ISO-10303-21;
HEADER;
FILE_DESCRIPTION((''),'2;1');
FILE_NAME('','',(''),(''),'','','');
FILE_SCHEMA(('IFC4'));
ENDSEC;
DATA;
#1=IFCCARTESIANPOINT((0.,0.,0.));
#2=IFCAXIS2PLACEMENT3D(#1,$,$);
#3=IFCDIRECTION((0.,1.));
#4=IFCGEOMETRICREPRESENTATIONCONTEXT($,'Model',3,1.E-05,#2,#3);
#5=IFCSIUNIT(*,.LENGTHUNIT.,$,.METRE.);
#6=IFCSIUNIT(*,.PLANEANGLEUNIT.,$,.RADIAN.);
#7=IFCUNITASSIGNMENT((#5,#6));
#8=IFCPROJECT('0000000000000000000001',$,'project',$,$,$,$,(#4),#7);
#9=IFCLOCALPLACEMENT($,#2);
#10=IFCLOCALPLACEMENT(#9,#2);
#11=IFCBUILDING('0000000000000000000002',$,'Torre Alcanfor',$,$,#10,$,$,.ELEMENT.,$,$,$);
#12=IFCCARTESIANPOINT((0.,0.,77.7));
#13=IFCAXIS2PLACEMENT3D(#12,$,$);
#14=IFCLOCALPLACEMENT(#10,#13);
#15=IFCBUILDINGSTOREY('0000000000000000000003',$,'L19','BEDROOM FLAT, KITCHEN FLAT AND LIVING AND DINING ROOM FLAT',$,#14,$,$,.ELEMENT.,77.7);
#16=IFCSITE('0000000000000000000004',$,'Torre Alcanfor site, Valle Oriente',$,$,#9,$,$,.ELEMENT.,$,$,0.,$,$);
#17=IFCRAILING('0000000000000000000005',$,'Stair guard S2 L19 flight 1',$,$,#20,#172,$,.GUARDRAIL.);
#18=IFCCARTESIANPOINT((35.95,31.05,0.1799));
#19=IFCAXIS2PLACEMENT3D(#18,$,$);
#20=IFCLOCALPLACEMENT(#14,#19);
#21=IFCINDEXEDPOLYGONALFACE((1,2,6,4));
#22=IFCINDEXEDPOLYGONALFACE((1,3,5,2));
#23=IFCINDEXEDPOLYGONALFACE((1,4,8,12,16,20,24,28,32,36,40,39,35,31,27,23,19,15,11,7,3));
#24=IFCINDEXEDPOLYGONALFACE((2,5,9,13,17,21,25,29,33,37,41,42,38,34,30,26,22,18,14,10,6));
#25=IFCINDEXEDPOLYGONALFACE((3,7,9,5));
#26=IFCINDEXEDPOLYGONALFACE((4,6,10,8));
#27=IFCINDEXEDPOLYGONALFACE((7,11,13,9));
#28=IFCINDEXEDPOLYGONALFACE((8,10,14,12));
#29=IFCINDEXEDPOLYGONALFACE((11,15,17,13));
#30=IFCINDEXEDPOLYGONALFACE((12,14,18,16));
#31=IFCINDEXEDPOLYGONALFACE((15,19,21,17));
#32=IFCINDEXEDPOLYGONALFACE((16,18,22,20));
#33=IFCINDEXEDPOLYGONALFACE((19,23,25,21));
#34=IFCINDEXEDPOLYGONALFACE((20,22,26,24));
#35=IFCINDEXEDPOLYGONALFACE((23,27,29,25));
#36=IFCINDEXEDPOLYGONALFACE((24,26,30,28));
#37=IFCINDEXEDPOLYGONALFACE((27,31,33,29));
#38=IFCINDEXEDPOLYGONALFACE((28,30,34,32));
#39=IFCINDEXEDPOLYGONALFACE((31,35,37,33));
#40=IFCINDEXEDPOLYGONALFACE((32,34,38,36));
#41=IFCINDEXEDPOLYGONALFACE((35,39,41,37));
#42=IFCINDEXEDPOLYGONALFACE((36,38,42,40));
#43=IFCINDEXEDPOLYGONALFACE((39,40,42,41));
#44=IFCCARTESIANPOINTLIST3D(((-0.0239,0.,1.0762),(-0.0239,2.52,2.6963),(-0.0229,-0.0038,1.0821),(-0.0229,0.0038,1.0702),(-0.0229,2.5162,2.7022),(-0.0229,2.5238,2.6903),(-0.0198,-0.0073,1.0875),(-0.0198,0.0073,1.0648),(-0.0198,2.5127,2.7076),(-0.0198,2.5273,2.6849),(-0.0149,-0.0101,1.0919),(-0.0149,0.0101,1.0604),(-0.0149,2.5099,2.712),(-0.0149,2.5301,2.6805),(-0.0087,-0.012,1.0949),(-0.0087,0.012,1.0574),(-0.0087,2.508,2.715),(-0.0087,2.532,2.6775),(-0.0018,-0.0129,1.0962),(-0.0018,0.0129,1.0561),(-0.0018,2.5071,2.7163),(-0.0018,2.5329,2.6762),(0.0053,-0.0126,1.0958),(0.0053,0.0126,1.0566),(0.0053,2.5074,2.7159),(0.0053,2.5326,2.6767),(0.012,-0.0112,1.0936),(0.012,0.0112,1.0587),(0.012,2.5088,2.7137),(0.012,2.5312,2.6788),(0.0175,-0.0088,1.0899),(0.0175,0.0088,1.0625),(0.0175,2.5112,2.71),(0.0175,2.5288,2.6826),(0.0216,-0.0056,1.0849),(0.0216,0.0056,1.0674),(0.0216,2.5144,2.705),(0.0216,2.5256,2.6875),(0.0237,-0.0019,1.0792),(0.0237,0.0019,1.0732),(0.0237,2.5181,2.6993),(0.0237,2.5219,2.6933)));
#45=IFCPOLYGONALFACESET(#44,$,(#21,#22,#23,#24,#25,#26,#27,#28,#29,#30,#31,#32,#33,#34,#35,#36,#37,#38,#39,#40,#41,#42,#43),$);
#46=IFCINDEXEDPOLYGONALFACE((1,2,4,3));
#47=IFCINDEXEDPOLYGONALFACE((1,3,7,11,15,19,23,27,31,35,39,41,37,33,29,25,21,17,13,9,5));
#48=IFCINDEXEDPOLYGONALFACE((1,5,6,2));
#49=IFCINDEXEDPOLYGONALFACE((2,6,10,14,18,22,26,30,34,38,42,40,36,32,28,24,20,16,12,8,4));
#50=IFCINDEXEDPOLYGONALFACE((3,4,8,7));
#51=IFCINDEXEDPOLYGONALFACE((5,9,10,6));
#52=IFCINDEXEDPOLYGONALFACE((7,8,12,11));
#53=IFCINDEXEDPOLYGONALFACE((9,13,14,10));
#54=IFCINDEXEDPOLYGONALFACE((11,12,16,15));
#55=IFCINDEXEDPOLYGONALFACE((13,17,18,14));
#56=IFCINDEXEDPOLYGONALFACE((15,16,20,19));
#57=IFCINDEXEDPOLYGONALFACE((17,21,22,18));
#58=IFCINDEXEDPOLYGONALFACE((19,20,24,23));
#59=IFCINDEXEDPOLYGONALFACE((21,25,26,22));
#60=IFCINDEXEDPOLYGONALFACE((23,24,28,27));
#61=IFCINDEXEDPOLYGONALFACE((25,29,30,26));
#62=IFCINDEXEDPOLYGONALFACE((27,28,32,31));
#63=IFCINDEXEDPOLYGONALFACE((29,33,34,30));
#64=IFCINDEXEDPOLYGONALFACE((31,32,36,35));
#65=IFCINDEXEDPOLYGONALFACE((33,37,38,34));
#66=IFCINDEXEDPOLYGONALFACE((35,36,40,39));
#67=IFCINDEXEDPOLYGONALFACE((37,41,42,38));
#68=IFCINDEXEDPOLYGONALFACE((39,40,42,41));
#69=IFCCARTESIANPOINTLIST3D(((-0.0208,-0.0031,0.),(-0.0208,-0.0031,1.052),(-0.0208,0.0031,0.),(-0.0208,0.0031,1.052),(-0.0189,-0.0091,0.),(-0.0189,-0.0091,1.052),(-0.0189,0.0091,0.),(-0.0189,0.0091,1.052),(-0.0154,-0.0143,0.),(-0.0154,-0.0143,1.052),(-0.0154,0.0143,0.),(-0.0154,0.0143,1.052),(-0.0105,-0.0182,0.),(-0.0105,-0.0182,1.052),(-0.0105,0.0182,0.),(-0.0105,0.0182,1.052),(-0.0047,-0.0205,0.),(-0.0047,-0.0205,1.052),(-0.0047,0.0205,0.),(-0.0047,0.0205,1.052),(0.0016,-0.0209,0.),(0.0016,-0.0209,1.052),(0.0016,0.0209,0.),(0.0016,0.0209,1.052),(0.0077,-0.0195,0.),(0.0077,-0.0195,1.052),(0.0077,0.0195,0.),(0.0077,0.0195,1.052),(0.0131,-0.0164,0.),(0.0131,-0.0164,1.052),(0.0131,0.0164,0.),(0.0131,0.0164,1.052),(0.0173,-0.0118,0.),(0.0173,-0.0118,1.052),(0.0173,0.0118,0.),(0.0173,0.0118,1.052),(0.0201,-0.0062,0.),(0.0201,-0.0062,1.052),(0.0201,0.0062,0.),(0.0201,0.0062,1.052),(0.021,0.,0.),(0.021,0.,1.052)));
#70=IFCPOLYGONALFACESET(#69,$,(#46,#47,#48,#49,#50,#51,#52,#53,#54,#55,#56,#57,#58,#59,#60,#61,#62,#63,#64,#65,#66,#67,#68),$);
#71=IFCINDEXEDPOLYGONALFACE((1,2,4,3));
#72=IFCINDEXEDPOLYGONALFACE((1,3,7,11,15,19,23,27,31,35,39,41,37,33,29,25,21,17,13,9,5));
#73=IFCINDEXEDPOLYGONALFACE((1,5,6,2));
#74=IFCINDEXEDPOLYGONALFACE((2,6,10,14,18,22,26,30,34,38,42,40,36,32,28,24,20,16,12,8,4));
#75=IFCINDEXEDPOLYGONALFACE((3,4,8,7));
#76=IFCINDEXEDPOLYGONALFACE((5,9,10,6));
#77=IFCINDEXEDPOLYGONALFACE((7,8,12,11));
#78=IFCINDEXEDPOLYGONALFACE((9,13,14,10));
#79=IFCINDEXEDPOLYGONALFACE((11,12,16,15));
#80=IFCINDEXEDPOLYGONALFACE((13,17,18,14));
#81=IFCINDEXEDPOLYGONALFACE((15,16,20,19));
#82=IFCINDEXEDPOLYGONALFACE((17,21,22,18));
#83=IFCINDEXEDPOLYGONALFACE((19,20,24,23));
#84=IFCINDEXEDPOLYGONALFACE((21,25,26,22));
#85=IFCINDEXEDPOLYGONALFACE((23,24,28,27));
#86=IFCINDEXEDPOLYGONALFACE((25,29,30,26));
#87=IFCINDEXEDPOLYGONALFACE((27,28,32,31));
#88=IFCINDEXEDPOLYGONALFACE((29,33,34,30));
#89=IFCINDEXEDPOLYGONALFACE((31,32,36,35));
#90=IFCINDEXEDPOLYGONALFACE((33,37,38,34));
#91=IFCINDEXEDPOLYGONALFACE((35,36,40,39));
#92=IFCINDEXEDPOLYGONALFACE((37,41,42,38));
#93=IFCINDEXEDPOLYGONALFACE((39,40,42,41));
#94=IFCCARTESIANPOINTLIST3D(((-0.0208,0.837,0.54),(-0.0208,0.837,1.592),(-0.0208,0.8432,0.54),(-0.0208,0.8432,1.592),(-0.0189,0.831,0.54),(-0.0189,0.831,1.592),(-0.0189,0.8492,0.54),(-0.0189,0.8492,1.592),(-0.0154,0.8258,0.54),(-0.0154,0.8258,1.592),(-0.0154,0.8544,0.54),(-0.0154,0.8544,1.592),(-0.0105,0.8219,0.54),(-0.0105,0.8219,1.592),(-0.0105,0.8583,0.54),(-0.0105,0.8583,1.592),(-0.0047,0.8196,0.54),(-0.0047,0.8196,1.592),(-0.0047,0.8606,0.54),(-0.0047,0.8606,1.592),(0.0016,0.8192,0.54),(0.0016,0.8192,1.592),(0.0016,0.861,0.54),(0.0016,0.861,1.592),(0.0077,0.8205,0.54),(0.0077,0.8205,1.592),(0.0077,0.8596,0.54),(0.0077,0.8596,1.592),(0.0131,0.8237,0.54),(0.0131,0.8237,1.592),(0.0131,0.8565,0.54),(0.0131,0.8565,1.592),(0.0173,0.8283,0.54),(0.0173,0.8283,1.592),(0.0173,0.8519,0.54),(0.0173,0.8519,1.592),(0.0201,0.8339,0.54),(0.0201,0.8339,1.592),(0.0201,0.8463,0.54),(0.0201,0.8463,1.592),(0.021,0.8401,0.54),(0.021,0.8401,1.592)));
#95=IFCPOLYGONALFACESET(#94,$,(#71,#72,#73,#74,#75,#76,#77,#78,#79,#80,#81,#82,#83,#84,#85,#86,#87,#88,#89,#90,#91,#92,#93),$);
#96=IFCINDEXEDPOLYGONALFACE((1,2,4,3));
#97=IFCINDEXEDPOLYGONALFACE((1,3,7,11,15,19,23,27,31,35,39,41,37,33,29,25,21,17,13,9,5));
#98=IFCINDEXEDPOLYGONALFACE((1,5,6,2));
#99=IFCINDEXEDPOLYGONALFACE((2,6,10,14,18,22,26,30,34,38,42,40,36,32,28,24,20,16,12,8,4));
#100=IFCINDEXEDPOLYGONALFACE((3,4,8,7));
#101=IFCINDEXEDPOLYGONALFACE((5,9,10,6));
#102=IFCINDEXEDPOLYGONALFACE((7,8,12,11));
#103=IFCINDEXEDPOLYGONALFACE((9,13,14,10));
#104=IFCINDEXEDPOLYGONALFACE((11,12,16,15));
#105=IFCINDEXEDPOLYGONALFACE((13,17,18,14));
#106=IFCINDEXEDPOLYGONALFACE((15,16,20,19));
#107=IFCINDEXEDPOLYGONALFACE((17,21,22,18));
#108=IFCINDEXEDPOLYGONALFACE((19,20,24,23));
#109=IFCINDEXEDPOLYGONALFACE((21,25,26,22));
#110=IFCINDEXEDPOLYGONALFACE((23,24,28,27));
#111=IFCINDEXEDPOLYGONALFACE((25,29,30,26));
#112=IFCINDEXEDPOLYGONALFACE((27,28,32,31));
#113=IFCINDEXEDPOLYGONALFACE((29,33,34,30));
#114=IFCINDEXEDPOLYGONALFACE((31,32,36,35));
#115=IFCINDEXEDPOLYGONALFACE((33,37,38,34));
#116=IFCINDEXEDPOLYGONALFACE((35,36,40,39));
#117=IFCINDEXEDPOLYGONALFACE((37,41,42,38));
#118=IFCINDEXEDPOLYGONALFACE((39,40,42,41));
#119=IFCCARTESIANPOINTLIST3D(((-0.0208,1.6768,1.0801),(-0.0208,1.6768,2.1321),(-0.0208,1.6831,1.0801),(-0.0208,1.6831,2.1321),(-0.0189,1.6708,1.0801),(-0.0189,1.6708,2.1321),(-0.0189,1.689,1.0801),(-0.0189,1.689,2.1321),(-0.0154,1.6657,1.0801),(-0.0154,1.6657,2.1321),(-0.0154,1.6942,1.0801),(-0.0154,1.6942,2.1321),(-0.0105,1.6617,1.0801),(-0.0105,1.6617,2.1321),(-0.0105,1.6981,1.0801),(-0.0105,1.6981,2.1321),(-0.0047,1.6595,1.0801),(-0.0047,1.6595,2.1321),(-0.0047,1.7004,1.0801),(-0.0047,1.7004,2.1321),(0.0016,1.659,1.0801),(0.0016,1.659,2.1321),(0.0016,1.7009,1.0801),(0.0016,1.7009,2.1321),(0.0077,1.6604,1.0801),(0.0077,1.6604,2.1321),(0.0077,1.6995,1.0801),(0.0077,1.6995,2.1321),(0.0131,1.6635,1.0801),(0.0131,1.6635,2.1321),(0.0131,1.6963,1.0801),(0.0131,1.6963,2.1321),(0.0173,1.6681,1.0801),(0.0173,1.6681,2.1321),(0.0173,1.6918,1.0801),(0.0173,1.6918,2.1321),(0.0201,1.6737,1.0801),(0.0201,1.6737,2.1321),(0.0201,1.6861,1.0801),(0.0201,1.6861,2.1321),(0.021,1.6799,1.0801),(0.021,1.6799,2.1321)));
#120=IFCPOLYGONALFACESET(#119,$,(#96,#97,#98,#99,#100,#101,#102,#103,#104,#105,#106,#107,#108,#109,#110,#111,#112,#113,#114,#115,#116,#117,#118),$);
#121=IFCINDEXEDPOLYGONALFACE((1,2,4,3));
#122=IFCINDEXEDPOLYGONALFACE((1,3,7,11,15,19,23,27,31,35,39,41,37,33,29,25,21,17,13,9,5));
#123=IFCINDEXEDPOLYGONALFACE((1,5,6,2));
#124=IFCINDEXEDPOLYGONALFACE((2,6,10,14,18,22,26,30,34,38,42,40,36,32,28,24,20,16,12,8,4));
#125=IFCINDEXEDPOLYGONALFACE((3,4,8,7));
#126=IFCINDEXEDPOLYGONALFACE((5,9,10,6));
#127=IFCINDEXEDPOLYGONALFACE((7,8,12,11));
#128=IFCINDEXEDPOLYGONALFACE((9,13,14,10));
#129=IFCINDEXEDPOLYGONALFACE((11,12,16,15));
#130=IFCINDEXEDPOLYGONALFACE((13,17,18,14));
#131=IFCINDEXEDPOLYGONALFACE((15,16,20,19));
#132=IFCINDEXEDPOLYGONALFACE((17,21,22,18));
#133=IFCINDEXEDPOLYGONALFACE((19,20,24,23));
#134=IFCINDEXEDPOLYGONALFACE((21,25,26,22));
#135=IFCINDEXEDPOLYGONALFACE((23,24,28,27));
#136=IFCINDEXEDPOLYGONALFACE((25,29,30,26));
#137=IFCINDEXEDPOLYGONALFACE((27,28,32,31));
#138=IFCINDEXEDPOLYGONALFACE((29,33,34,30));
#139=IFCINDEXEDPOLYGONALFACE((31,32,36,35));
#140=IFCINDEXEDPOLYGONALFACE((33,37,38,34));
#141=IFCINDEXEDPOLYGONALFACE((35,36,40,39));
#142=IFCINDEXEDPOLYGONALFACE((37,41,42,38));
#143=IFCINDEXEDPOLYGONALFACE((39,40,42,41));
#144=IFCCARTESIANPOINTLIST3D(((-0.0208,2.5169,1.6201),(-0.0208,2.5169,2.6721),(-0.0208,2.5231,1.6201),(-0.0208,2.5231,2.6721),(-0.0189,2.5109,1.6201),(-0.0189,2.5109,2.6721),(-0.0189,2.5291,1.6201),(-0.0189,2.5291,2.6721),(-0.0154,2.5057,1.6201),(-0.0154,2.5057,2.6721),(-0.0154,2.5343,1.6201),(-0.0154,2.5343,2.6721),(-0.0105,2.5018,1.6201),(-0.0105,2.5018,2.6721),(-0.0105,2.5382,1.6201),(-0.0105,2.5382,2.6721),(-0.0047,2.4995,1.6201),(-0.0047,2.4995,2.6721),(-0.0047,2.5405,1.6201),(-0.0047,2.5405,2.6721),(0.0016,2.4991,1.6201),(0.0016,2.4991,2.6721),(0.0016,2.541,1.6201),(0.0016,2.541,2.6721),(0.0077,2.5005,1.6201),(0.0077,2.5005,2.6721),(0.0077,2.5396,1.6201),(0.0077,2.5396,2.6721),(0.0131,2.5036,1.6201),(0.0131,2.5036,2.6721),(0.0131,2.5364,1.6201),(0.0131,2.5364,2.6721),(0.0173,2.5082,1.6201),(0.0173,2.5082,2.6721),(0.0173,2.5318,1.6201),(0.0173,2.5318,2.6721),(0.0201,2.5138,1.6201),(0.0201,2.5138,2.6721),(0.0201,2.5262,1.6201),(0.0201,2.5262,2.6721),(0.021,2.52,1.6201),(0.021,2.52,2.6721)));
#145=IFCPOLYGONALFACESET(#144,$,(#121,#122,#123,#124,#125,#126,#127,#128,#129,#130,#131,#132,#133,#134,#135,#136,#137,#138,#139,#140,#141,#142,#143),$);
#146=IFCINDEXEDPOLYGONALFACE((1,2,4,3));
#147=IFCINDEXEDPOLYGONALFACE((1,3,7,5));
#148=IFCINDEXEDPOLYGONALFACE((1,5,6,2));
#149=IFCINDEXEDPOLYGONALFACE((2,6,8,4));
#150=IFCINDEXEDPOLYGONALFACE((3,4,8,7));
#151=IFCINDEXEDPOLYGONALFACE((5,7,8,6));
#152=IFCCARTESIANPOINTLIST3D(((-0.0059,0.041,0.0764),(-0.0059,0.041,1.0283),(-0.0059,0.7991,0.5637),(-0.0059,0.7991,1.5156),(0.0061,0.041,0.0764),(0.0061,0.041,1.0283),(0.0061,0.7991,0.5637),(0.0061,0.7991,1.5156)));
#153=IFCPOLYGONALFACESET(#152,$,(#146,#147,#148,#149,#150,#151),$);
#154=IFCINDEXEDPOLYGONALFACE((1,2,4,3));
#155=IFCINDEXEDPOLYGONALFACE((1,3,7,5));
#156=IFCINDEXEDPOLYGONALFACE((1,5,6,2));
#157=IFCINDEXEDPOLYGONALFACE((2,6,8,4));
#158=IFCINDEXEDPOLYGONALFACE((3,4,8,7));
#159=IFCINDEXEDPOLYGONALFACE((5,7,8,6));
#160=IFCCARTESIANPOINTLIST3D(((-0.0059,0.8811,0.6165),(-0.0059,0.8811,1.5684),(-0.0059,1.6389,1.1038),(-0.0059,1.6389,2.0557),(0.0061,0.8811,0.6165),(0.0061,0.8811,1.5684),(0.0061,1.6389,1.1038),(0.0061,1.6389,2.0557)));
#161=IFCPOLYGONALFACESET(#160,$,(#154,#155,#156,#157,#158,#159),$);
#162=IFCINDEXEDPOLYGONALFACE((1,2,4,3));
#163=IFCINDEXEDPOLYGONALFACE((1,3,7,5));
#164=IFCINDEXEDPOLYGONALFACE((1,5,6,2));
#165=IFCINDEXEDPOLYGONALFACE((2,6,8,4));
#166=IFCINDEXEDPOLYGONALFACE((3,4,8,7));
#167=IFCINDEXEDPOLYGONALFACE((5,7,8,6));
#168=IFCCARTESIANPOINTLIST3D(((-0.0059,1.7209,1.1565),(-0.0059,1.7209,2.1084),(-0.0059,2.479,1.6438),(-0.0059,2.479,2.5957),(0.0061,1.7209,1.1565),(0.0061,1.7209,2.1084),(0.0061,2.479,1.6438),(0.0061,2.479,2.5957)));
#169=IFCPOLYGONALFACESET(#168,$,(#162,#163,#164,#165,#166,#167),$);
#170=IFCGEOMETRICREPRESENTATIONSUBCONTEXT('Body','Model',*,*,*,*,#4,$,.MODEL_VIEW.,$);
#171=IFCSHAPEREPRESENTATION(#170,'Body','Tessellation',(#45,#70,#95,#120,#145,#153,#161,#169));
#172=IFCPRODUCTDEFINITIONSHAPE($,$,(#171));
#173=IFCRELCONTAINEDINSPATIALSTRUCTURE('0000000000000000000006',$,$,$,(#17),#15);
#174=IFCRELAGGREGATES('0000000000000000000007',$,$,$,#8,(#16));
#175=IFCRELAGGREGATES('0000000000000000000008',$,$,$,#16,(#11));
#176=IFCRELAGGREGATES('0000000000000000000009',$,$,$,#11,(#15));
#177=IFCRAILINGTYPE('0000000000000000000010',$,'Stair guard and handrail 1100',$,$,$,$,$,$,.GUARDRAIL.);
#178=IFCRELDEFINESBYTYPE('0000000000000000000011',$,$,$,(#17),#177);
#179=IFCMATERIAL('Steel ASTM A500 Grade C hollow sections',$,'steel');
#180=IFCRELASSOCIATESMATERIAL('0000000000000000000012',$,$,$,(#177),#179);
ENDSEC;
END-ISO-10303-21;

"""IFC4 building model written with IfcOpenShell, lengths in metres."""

from ifc_helpers import new_model, si_unit, direction, frame, origin, origin_2d, place, context, subcontext, project, spatial, polyline, circle, outline, extrude, material, type_object, element, save


model = new_model("IFC4")

# Units and contexts
model_context = context("Model", 3, precision=1e-05, world=origin(), true_north=direction((0.0, 1.0)))
body_context = subcontext(model_context, "Body", "Model", "MODEL_VIEW")
ifc_project = project(units=[si_unit("LENGTHUNIT", "METRE"), si_unit("PLANEANGLEUNIT", "RADIAN")], contexts=[model_context])

# Site, building, storey
site_placement = place(None, origin())
site = spatial("IfcSite", under=ifc_project, at=site_placement, Name="Torre Alcanfor site, Valle Oriente", CompositionType="ELEMENT", RefElevation=0.0)
building_placement = place(site_placement, origin())
building = spatial("IfcBuilding", under=site, at=building_placement, Name="Torre Alcanfor", CompositionType="ELEMENT")
storey_placement = place(building_placement, frame((0.0, 0.0, 77.7)))
storey = spatial("IfcBuildingStorey", under=building, at=storey_placement, Name="L19", Description="BEDROOM FLAT, KITCHEN FLAT AND LIVING AND DINING ROOM FLAT", CompositionType="ELEMENT", Elevation=77.7)

# Railing
ifc_material_1 = material(Name="Steel ASTM A500 Grade C hollow sections", Category="steel")
railing_type_1 = type_object("IfcRailingType", Name="Stair guard and handrail 1100", PredefinedType="GUARDRAIL", material=ifc_material_1)
railing_1_placement = place(storey_placement, frame((35.95, 31.05, 0.1799)))
element("IfcRailing", 1, at=railing_1_placement, inside=storey, type_object=railing_type_1, Name="Stair guard S2 L19 flight 1", PredefinedType="GUARDRAIL", context=body_context, shape_type="SweptSolid", body=[
    extrude(circle(Radius=0.0239, at=origin_2d()), frame((0.0, 0.0, 1.0762), z_axis=(0.0, 0.841163, 0.540782), x_axis=(-1.0, 0.0, 0.0)), (0.0, 0.0, 1.0), 2.9958),
    extrude(circle(Radius=0.021, at=origin_2d()), origin(), (0.0, 0.0, 1.0), 1.052),
    extrude(circle(Radius=0.021, at=origin_2d()), frame((0.0, 0.8401, 0.54)), (0.0, 0.0, 1.0), 1.052),
    extrude(circle(Radius=0.021, at=origin_2d()), frame((0.0, 1.6799, 1.0801)), (0.0, 0.0, 1.0), 1.052),
    extrude(circle(Radius=0.021, at=origin_2d()), frame((0.0, 2.52, 1.6201)), (0.0, 0.0, 1.0), 1.052),
    extrude(outline(polyline([(0.041, 0.0764), (0.7991, 0.5637), (0.7991, 1.5156), (0.041, 1.0283), (0.041, 0.0764)])), frame((-0.0059, 0.0, 0.0), z_axis=(1.0, 0.0, 0.0), x_axis=(0.0, 1.0, 0.0)), (0.0, 0.0, 1.0), 0.012),
    extrude(outline(polyline([(0.8811, 0.6165), (1.6389, 1.1038), (1.6389, 2.0557), (0.8811, 1.5684), (0.8811, 0.6165)])), frame((-0.0059, 0.0, 0.0), z_axis=(1.0, 0.0, 0.0), x_axis=(0.0, 1.0, 0.0)), (0.0, 0.0, 1.0), 0.012),
    extrude(outline(polyline([(1.7209, 1.1565), (2.479, 1.6438), (2.479, 2.5957), (1.7209, 2.1084), (1.7209, 1.1565)])), frame((-0.0059, 0.0, 0.0), z_axis=(1.0, 0.0, 0.0), x_axis=(0.0, 1.0, 0.0)), (0.0, 0.0, 1.0), 0.012),
])

save(model, "model.ifc")
